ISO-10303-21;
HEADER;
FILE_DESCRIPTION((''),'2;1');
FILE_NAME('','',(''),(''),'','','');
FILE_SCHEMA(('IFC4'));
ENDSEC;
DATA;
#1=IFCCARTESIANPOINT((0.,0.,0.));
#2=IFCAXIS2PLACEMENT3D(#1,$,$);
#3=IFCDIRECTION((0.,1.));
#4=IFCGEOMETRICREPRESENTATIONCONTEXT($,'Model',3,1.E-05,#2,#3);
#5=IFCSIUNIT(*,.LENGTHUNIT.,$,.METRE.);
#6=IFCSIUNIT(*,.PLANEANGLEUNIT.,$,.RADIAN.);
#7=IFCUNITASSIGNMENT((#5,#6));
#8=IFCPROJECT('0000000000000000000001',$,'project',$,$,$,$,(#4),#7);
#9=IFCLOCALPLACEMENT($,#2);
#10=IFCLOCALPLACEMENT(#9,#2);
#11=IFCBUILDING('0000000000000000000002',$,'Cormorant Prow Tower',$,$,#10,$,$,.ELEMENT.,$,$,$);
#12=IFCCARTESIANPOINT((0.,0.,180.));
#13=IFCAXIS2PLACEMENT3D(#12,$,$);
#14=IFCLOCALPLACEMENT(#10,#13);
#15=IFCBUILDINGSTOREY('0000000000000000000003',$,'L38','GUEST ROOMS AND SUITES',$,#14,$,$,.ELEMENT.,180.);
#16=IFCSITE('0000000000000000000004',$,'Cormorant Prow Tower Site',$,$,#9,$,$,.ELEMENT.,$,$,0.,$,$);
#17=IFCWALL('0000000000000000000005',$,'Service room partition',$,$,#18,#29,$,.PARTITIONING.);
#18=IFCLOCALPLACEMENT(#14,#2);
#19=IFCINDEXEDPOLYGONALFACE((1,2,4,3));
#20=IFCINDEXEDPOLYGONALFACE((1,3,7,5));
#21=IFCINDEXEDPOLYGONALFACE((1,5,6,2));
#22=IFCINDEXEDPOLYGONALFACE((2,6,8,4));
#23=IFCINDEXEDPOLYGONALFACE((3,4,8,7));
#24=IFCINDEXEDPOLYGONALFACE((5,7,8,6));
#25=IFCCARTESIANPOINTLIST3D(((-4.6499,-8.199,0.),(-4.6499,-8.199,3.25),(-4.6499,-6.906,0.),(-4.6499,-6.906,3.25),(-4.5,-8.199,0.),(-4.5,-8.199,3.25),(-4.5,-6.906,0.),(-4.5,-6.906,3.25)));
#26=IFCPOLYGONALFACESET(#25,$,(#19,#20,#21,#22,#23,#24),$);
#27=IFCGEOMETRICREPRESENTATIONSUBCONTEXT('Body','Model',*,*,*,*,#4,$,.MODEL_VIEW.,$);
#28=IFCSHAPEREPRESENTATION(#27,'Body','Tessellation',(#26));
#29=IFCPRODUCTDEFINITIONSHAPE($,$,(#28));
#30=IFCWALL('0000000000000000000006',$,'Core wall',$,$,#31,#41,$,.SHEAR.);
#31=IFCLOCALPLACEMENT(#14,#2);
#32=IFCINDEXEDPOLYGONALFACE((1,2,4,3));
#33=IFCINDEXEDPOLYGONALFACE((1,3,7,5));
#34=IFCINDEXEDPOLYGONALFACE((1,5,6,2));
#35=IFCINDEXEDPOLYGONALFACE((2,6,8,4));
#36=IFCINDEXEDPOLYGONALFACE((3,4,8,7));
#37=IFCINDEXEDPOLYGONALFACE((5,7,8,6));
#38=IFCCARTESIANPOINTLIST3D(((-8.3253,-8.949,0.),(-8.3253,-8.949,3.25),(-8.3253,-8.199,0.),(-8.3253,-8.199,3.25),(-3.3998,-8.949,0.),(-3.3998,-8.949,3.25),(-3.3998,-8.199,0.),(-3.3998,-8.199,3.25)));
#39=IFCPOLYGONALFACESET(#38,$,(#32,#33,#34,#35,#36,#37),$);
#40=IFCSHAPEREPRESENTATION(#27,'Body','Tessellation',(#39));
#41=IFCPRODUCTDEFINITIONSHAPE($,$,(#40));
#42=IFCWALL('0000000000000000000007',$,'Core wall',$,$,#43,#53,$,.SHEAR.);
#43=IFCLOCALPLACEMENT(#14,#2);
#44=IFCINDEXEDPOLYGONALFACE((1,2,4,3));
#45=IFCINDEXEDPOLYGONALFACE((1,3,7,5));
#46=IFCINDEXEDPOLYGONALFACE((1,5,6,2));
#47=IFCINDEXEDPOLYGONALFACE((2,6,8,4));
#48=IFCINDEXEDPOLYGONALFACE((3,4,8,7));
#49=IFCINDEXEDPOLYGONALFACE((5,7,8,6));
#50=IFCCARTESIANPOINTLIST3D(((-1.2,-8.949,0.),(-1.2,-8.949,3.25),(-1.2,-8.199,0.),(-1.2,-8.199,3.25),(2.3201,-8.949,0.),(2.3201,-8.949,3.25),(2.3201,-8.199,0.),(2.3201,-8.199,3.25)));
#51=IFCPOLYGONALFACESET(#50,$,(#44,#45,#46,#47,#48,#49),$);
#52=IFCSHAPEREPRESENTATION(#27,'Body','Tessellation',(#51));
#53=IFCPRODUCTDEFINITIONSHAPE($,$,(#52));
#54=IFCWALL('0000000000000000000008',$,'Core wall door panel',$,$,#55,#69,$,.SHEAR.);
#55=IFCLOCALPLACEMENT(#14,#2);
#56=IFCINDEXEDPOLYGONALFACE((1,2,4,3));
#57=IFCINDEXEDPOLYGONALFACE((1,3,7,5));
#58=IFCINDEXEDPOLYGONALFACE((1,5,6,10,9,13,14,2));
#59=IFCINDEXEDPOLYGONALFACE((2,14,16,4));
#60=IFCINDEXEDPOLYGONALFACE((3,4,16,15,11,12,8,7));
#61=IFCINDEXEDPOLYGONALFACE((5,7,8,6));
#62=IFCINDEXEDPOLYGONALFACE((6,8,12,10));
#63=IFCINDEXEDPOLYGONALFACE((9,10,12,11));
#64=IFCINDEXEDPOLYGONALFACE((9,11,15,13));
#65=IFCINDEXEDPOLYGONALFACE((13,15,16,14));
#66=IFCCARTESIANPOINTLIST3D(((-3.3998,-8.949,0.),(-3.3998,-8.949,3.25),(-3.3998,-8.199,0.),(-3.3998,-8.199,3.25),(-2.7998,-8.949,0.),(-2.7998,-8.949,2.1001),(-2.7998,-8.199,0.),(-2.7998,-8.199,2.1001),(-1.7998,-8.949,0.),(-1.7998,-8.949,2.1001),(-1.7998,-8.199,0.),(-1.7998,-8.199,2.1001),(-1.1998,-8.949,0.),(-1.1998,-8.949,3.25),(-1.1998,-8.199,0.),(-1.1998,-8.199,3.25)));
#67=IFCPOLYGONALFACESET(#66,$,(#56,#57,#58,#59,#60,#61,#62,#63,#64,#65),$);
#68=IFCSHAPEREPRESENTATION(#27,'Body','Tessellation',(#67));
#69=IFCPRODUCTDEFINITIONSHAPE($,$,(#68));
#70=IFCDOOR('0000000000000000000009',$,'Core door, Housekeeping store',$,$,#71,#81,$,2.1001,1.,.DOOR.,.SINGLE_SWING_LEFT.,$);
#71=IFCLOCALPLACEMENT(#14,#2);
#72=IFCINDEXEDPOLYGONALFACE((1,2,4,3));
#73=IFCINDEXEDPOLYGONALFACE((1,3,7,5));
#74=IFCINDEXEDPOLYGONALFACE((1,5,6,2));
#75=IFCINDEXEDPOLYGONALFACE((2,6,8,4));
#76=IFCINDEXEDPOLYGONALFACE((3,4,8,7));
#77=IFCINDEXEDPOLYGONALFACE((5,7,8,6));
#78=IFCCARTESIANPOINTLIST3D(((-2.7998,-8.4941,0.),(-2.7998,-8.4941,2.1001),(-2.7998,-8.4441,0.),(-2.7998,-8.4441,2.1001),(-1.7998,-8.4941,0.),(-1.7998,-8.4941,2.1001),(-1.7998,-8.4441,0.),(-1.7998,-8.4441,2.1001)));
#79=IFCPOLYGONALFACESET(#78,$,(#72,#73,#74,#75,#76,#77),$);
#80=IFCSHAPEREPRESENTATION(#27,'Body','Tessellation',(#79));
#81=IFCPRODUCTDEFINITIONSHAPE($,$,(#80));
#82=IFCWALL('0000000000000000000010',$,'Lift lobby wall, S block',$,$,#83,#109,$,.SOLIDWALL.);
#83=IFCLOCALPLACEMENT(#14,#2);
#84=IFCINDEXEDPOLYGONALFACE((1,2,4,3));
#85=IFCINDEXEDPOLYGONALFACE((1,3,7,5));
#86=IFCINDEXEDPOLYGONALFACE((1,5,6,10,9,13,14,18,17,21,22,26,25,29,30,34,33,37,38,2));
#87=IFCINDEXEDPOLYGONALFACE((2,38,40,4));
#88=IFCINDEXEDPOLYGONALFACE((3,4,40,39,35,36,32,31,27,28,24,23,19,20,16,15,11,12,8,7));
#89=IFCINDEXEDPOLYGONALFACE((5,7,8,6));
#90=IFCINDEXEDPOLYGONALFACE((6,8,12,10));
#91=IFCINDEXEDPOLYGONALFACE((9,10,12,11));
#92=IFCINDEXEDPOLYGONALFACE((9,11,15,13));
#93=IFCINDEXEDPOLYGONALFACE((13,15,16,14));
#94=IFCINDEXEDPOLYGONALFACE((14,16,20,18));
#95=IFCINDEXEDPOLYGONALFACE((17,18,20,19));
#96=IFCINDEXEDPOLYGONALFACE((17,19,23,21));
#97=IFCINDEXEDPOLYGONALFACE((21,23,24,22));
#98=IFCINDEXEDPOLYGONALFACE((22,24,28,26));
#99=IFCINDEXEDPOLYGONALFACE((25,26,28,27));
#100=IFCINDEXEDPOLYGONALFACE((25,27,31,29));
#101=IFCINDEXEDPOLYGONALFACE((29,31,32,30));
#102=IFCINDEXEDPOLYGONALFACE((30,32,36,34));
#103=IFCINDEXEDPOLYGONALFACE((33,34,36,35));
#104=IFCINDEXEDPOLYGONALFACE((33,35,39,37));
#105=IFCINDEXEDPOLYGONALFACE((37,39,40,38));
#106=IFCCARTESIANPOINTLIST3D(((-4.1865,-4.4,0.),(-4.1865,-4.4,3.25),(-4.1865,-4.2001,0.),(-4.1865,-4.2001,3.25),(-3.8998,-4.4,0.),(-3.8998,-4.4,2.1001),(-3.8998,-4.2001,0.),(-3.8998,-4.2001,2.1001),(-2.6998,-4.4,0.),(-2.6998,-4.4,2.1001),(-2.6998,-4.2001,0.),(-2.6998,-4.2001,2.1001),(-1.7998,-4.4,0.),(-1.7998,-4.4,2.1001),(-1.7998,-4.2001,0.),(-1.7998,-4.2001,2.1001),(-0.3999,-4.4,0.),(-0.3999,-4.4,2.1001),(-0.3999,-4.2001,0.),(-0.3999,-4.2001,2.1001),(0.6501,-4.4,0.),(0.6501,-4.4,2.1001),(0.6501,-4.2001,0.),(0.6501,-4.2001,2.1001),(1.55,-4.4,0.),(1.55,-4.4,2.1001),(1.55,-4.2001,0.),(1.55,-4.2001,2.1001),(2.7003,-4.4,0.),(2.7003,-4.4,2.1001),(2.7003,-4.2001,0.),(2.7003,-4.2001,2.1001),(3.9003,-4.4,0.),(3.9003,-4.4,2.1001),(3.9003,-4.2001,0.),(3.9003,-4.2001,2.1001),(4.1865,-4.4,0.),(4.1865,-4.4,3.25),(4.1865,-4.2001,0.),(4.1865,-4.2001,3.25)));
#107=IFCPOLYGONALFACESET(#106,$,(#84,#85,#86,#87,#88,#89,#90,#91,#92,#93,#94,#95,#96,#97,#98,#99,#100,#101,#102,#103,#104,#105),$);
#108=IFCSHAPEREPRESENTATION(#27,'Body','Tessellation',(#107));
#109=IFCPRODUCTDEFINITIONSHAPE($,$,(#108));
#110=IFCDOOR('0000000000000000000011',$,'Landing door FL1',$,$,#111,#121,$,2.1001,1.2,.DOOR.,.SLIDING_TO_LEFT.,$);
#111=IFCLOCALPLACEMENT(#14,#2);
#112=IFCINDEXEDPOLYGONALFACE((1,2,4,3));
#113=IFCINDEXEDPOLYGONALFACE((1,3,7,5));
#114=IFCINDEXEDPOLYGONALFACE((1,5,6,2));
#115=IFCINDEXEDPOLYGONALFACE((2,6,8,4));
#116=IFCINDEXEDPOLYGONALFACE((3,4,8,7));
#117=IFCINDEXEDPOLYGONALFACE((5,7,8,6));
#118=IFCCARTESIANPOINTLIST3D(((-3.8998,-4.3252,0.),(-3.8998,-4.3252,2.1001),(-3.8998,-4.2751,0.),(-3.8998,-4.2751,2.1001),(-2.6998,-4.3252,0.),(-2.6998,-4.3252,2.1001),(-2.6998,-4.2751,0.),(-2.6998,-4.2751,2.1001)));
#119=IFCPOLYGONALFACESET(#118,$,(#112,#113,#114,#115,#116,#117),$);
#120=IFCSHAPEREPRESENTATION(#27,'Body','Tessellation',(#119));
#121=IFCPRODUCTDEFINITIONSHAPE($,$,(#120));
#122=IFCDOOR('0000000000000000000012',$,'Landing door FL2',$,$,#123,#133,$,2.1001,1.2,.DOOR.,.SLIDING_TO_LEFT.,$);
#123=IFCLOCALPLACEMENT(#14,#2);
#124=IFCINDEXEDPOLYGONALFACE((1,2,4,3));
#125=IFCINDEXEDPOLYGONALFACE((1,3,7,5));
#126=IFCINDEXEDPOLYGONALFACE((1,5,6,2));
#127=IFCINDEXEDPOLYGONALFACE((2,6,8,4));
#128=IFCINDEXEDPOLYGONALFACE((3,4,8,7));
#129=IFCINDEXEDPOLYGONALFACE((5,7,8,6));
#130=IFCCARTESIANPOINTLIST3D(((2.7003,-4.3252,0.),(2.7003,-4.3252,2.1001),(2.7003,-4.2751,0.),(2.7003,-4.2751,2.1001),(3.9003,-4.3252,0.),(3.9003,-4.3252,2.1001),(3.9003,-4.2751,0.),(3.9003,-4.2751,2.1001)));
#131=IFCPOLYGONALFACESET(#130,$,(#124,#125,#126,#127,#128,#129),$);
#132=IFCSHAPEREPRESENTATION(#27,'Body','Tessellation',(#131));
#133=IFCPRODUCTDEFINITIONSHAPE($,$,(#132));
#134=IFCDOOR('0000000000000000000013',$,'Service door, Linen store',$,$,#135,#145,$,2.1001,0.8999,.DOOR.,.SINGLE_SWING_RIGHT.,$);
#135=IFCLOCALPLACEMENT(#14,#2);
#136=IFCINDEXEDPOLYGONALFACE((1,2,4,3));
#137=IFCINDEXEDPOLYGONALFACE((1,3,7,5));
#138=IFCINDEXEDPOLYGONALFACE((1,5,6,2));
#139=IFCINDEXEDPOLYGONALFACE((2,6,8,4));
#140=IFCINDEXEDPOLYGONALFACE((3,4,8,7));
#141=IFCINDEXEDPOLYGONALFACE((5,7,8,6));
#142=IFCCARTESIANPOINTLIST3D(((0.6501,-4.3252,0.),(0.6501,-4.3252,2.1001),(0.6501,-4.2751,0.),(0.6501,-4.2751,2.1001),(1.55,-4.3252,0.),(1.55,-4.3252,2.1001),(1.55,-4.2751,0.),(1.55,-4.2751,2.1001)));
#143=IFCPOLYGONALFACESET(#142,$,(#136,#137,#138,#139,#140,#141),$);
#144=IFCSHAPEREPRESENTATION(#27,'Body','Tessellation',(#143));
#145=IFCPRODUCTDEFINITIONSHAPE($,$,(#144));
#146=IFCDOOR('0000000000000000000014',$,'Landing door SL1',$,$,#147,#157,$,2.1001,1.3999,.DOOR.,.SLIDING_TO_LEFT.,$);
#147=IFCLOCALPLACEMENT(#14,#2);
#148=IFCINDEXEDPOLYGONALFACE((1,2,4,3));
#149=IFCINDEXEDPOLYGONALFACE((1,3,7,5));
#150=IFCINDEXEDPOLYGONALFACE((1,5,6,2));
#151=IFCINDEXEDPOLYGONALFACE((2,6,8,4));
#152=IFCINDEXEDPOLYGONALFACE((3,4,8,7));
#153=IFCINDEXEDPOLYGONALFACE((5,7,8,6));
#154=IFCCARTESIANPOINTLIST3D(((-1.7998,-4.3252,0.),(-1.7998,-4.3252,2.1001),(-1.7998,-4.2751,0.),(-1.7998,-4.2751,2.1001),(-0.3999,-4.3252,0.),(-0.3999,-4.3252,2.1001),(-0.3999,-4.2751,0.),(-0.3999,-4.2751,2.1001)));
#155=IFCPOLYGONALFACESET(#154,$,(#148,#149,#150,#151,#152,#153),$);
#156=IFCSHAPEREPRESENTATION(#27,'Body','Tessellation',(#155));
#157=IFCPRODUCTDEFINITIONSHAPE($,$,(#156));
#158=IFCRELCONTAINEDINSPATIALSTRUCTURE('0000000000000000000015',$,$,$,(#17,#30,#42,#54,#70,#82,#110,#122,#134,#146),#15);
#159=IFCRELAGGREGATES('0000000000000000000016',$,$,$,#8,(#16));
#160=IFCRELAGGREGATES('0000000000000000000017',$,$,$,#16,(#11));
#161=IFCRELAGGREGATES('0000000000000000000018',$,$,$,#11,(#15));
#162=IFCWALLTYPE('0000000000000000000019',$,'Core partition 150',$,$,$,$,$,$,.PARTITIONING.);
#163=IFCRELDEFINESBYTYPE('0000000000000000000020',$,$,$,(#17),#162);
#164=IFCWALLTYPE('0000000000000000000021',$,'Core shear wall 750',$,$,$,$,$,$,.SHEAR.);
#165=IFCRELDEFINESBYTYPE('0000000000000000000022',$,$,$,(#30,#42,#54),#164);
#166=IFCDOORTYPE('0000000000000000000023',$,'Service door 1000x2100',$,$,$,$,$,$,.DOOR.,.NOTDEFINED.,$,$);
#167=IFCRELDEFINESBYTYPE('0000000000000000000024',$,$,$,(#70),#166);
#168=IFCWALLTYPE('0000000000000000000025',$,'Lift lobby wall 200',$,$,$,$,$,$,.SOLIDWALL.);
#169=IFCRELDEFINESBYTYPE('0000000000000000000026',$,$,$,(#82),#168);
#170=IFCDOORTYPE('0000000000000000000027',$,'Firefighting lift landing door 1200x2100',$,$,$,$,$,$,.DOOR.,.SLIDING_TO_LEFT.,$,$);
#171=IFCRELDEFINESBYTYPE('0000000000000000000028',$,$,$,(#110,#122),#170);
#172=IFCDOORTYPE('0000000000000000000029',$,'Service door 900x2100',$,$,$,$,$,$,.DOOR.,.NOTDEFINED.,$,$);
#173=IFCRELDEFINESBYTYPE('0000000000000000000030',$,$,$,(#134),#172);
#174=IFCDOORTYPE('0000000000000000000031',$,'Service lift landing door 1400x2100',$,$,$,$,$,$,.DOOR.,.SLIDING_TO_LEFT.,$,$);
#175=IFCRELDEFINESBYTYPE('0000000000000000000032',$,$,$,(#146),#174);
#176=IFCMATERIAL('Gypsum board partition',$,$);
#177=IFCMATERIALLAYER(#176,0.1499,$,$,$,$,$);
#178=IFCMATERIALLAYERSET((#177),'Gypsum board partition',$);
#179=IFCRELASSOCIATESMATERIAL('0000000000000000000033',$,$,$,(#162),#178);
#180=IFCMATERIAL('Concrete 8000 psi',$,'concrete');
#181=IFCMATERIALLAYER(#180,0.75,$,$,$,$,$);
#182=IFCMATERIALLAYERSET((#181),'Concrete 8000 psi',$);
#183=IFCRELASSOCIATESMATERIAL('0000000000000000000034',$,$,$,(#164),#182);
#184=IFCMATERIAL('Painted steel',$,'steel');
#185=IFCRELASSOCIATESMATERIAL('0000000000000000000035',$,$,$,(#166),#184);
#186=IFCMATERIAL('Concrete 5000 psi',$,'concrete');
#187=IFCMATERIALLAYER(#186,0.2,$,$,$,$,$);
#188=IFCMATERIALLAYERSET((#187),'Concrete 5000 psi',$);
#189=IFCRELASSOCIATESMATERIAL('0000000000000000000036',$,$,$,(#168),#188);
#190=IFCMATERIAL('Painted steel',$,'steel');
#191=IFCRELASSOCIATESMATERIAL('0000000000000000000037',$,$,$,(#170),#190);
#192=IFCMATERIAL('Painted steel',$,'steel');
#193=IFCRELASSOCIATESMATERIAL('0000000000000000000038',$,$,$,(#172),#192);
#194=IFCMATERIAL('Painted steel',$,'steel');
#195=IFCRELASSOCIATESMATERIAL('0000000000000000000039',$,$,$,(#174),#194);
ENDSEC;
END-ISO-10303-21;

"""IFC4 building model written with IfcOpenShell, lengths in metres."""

from ifc_helpers import new_model, si_unit, direction, frame, frame_2d, origin, place, context, subcontext, project, spatial, rectangle, extrude, material, layer, layer_set, type_object, element, fill, save


model = new_model("IFC4")

# Units and contexts
model_context = context("Model", 3, precision=1e-05, world=origin(), true_north=direction((0.0, 1.0)))
body_context = subcontext(model_context, "Body", "Model", "MODEL_VIEW")
ifc_project = project(units=[si_unit("LENGTHUNIT", "METRE"), si_unit("PLANEANGLEUNIT", "RADIAN")], contexts=[model_context])

# Site, building, storey
site_placement = place(None, origin())
site = spatial("IfcSite", under=ifc_project, at=site_placement, Name="Cormorant Prow Tower Site", CompositionType="ELEMENT", RefElevation=0.0)
building_placement = place(site_placement, origin())
building = spatial("IfcBuilding", under=site, at=building_placement, Name="Cormorant Prow Tower", CompositionType="ELEMENT")
storey_placement = place(building_placement, frame((0.0, 0.0, 180.0)))
storey = spatial("IfcBuildingStorey", under=building, at=storey_placement, Name="L38", Description="GUEST ROOMS AND SUITES", CompositionType="ELEMENT", Elevation=180.0)

# Walls
ifc_material_1 = material(Name="Gypsum board partition")
ifc_layer_1 = layer(ifc_material_1, 0.1499)
ifc_layer_set_1 = layer_set([ifc_layer_1], Name="Gypsum board partition")
wall_type_1 = type_object("IfcWallType", Name="Core partition 150", PredefinedType="PARTITIONING", material=ifc_layer_set_1)
wall_1_placement = place(storey_placement, frame((-4.575, -6.906, 0.0), z_axis=(0.0, 0.0, 1.0), x_axis=(0.0, -1.0, 0.0)))
element("IfcWall", 1, at=wall_1_placement, inside=storey, type_object=wall_type_1, Name="Service room partition", PredefinedType="PARTITIONING", context=body_context, shape_type="SweptSolid", body=[
    extrude(rectangle(XDim=1.293, YDim=0.1499, at=frame_2d((0.6465, 0.0))), origin(), (0.0, 0.0, 1.0), 3.25),
])
ifc_material_2 = material(Name="Concrete 8000 psi", Category="concrete")
ifc_layer_2 = layer(ifc_material_2, 0.75)
ifc_layer_set_2 = layer_set([ifc_layer_2], Name="Concrete 8000 psi")
wall_type_2 = type_object("IfcWallType", Name="Core shear wall 750", PredefinedType="SHEAR", material=ifc_layer_set_2)
wall_2_placement = place(storey_placement, frame((-8.3254, -8.574, 0.0), z_axis=(0.0, 0.0, 1.0), x_axis=(1.0, 0.0, 0.0)))
element("IfcWall", 2, at=wall_2_placement, inside=storey, type_object=wall_type_2, Name="Core wall", PredefinedType="SHEAR", context=body_context, shape_type="SweptSolid", body=[
    extrude(rectangle(XDim=4.9255, YDim=0.75, at=frame_2d((2.4629, 0.0))), origin(), (0.0, 0.0, 1.0), 3.25),
])
wall_3_placement = place(storey_placement, frame((-1.2, -8.574, 0.0), z_axis=(0.0, 0.0, 1.0), x_axis=(1.0, 0.0, 0.0)))
element("IfcWall", 3, at=wall_3_placement, inside=storey, type_object=wall_type_2, Name="Core wall", PredefinedType="SHEAR", context=body_context, shape_type="SweptSolid", body=[
    extrude(rectangle(XDim=3.52, YDim=0.75, at=frame_2d((1.76, 0.0))), origin(), (0.0, 0.0, 1.0), 3.25),
])

# Wall, opening, door
wall_4_placement = place(storey_placement, frame((-3.3999, -8.574, 0.0), z_axis=(0.0, 0.0, 1.0), x_axis=(1.0, 0.0, 0.0)))
wall_4 = element("IfcWall", 4, at=wall_4_placement, inside=storey, type_object=wall_type_2, Name="Core wall door panel", PredefinedType="SHEAR", context=body_context, shape_type="SweptSolid", body=[
    extrude(rectangle(XDim=2.2, YDim=0.75, at=frame_2d((1.1001, 0.0))), origin(), (0.0, 0.0, 1.0), 3.25),
])
opening_1_placement = place(wall_4_placement, frame((0.6001, 0.0, 0.0)))
opening_1 = element("IfcOpeningElement", 5, at=opening_1_placement, cuts=wall_4, PredefinedType="OPENING", context=body_context, shape_type="SweptSolid", body=[
    extrude(rectangle(XDim=1.0, YDim=2.1001, at=frame_2d((0.5, 1.05))), frame((0.0, 0.385, 0.0), z_axis=(0.0, -1.0, 0.0), x_axis=(1.0, 0.0, 0.0)), (0.0, 0.0, 1.0), 0.77),
])
ifc_material_3 = material(Name="Painted steel", Category="steel")
door_type_1 = type_object("IfcDoorType", Name="Service door 1000x2100", OperationType="NOTDEFINED", PredefinedType="DOOR", material=ifc_material_3)
door_1_placement = place(opening_1_placement, origin())
door_1 = element("IfcDoor", 6, at=door_1_placement, inside=storey, type_object=door_type_1, Name="Core door, Housekeeping store", OperationType="SINGLE_SWING_LEFT", OverallHeight=2.1001, OverallWidth=1.0, PredefinedType="DOOR", context=body_context, shape_type="SweptSolid", body=[
    extrude(rectangle(XDim=1.0, YDim=2.1001, at=frame_2d((0.5, 1.05))), frame((0.0, 0.1299, 0.0), z_axis=(0.0, -1.0, 0.0), x_axis=(1.0, 0.0, 0.0)), (0.0, 0.0, 1.0), 0.05),
])
fill(opening_1, door_1)

# Wall, openings, doors
ifc_material_4 = material(Name="Concrete 5000 psi", Category="concrete")
ifc_layer_3 = layer(ifc_material_4, 0.2)
ifc_layer_set_3 = layer_set([ifc_layer_3], Name="Concrete 5000 psi")
wall_type_3 = type_object("IfcWallType", Name="Lift lobby wall 200", PredefinedType="SOLIDWALL", material=ifc_layer_set_3)
wall_5_placement = place(storey_placement, frame((-4.1865, -4.3, 0.0), z_axis=(0.0, 0.0, 1.0), x_axis=(1.0, 0.0, 0.0)))
wall_5 = element("IfcWall", 7, at=wall_5_placement, inside=storey, type_object=wall_type_3, Name="Lift lobby wall, S block", PredefinedType="SOLIDWALL", context=body_context, shape_type="SweptSolid", body=[
    extrude(rectangle(XDim=8.373, YDim=0.2, at=frame_2d((4.1865, 0.0))), origin(), (0.0, 0.0, 1.0), 3.25),
])
opening_2_placement = place(wall_5_placement, frame((0.2866, 0.0, 0.0)))
opening_2 = element("IfcOpeningElement", 8, at=opening_2_placement, cuts=wall_5, PredefinedType="OPENING", context=body_context, shape_type="SweptSolid", body=[
    extrude(rectangle(XDim=1.2, YDim=2.1001, at=frame_2d((0.6001, 1.05))), frame((0.0, 0.1099, 0.0), z_axis=(0.0, -1.0, 0.0), x_axis=(1.0, 0.0, 0.0)), (0.0, 0.0, 1.0), 0.22),
])
opening_3_placement = place(wall_5_placement, frame((2.3867, 0.0, 0.0)))
opening_3 = element("IfcOpeningElement", 9, at=opening_3_placement, cuts=wall_5, PredefinedType="OPENING", context=body_context, shape_type="SweptSolid", body=[
    extrude(rectangle(XDim=1.3999, YDim=2.1001, at=frame_2d((0.7, 1.05))), frame((0.0, 0.1099, 0.0), z_axis=(0.0, -1.0, 0.0), x_axis=(1.0, 0.0, 0.0)), (0.0, 0.0, 1.0), 0.22),
])
opening_4_placement = place(wall_5_placement, frame((4.8367, 0.0, 0.0)))
opening_4 = element("IfcOpeningElement", 10, at=opening_4_placement, cuts=wall_5, PredefinedType="OPENING", context=body_context, shape_type="SweptSolid", body=[
    extrude(rectangle(XDim=0.8999, YDim=2.1001, at=frame_2d((0.45, 1.05))), frame((0.0, 0.1099, 0.0), z_axis=(0.0, -1.0, 0.0), x_axis=(1.0, 0.0, 0.0)), (0.0, 0.0, 1.0), 0.22),
])
opening_5_placement = place(wall_5_placement, frame((6.8867, 0.0, 0.0)))
opening_5 = element("IfcOpeningElement", 11, at=opening_5_placement, cuts=wall_5, PredefinedType="OPENING", context=body_context, shape_type="SweptSolid", body=[
    extrude(rectangle(XDim=1.2, YDim=2.1001, at=frame_2d((0.6001, 1.05))), frame((0.0, 0.1099, 0.0), z_axis=(0.0, -1.0, 0.0), x_axis=(1.0, 0.0, 0.0)), (0.0, 0.0, 1.0), 0.22),
])
ifc_material_5 = material(Name="Painted steel", Category="steel")
door_type_2 = type_object("IfcDoorType", Name="Firefighting lift landing door 1200x2100", OperationType="SLIDING_TO_LEFT", PredefinedType="DOOR", material=ifc_material_5)
door_2_placement = place(opening_2_placement, origin())
door_2 = element("IfcDoor", 12, at=door_2_placement, inside=storey, type_object=door_type_2, Name="Landing door FL1", OperationType="SLIDING_TO_LEFT", OverallHeight=2.1001, OverallWidth=1.2, PredefinedType="DOOR", context=body_context, shape_type="SweptSolid", body=[
    extrude(rectangle(XDim=1.2, YDim=2.1001, at=frame_2d((0.6001, 1.05))), frame((0.0, 0.0249, 0.0), z_axis=(0.0, -1.0, 0.0), x_axis=(1.0, 0.0, 0.0)), (0.0, 0.0, 1.0), 0.05),
])
fill(opening_2, door_2)
door_3_placement = place(opening_5_placement, origin())
door_3 = element("IfcDoor", 13, at=door_3_placement, inside=storey, type_object=door_type_2, Name="Landing door FL2", OperationType="SLIDING_TO_LEFT", OverallHeight=2.1001, OverallWidth=1.2, PredefinedType="DOOR", context=body_context, shape_type="SweptSolid", body=[
    extrude(rectangle(XDim=1.2, YDim=2.1001, at=frame_2d((0.6001, 1.05))), frame((0.0, 0.0249, 0.0), z_axis=(0.0, -1.0, 0.0), x_axis=(1.0, 0.0, 0.0)), (0.0, 0.0, 1.0), 0.05),
])
fill(opening_5, door_3)
ifc_material_6 = material(Name="Painted steel", Category="steel")
door_type_3 = type_object("IfcDoorType", Name="Service door 900x2100", OperationType="NOTDEFINED", PredefinedType="DOOR", material=ifc_material_6)
door_4_placement = place(opening_4_placement, origin())
door_4 = element("IfcDoor", 14, at=door_4_placement, inside=storey, type_object=door_type_3, Name="Service door, Linen store", OperationType="SINGLE_SWING_RIGHT", OverallHeight=2.1001, OverallWidth=0.8999, PredefinedType="DOOR", context=body_context, shape_type="SweptSolid", body=[
    extrude(rectangle(XDim=0.8999, YDim=2.1001, at=frame_2d((0.45, 1.05))), frame((0.0, 0.0249, 0.0), z_axis=(0.0, -1.0, 0.0), x_axis=(1.0, 0.0, 0.0)), (0.0, 0.0, 1.0), 0.05),
])
fill(opening_4, door_4)
ifc_material_7 = material(Name="Painted steel", Category="steel")
door_type_4 = type_object("IfcDoorType", Name="Service lift landing door 1400x2100", OperationType="SLIDING_TO_LEFT", PredefinedType="DOOR", material=ifc_material_7)
door_5_placement = place(opening_3_placement, origin())
door_5 = element("IfcDoor", 15, at=door_5_placement, inside=storey, type_object=door_type_4, Name="Landing door SL1", OperationType="SLIDING_TO_LEFT", OverallHeight=2.1001, OverallWidth=1.3999, PredefinedType="DOOR", context=body_context, shape_type="SweptSolid", body=[
    extrude(rectangle(XDim=1.3999, YDim=2.1001, at=frame_2d((0.7, 1.05))), frame((0.0, 0.0249, 0.0), z_axis=(0.0, -1.0, 0.0), x_axis=(1.0, 0.0, 0.0)), (0.0, 0.0, 1.0), 0.05),
])
fill(opening_3, door_5)

save(model, "model.ifc")
